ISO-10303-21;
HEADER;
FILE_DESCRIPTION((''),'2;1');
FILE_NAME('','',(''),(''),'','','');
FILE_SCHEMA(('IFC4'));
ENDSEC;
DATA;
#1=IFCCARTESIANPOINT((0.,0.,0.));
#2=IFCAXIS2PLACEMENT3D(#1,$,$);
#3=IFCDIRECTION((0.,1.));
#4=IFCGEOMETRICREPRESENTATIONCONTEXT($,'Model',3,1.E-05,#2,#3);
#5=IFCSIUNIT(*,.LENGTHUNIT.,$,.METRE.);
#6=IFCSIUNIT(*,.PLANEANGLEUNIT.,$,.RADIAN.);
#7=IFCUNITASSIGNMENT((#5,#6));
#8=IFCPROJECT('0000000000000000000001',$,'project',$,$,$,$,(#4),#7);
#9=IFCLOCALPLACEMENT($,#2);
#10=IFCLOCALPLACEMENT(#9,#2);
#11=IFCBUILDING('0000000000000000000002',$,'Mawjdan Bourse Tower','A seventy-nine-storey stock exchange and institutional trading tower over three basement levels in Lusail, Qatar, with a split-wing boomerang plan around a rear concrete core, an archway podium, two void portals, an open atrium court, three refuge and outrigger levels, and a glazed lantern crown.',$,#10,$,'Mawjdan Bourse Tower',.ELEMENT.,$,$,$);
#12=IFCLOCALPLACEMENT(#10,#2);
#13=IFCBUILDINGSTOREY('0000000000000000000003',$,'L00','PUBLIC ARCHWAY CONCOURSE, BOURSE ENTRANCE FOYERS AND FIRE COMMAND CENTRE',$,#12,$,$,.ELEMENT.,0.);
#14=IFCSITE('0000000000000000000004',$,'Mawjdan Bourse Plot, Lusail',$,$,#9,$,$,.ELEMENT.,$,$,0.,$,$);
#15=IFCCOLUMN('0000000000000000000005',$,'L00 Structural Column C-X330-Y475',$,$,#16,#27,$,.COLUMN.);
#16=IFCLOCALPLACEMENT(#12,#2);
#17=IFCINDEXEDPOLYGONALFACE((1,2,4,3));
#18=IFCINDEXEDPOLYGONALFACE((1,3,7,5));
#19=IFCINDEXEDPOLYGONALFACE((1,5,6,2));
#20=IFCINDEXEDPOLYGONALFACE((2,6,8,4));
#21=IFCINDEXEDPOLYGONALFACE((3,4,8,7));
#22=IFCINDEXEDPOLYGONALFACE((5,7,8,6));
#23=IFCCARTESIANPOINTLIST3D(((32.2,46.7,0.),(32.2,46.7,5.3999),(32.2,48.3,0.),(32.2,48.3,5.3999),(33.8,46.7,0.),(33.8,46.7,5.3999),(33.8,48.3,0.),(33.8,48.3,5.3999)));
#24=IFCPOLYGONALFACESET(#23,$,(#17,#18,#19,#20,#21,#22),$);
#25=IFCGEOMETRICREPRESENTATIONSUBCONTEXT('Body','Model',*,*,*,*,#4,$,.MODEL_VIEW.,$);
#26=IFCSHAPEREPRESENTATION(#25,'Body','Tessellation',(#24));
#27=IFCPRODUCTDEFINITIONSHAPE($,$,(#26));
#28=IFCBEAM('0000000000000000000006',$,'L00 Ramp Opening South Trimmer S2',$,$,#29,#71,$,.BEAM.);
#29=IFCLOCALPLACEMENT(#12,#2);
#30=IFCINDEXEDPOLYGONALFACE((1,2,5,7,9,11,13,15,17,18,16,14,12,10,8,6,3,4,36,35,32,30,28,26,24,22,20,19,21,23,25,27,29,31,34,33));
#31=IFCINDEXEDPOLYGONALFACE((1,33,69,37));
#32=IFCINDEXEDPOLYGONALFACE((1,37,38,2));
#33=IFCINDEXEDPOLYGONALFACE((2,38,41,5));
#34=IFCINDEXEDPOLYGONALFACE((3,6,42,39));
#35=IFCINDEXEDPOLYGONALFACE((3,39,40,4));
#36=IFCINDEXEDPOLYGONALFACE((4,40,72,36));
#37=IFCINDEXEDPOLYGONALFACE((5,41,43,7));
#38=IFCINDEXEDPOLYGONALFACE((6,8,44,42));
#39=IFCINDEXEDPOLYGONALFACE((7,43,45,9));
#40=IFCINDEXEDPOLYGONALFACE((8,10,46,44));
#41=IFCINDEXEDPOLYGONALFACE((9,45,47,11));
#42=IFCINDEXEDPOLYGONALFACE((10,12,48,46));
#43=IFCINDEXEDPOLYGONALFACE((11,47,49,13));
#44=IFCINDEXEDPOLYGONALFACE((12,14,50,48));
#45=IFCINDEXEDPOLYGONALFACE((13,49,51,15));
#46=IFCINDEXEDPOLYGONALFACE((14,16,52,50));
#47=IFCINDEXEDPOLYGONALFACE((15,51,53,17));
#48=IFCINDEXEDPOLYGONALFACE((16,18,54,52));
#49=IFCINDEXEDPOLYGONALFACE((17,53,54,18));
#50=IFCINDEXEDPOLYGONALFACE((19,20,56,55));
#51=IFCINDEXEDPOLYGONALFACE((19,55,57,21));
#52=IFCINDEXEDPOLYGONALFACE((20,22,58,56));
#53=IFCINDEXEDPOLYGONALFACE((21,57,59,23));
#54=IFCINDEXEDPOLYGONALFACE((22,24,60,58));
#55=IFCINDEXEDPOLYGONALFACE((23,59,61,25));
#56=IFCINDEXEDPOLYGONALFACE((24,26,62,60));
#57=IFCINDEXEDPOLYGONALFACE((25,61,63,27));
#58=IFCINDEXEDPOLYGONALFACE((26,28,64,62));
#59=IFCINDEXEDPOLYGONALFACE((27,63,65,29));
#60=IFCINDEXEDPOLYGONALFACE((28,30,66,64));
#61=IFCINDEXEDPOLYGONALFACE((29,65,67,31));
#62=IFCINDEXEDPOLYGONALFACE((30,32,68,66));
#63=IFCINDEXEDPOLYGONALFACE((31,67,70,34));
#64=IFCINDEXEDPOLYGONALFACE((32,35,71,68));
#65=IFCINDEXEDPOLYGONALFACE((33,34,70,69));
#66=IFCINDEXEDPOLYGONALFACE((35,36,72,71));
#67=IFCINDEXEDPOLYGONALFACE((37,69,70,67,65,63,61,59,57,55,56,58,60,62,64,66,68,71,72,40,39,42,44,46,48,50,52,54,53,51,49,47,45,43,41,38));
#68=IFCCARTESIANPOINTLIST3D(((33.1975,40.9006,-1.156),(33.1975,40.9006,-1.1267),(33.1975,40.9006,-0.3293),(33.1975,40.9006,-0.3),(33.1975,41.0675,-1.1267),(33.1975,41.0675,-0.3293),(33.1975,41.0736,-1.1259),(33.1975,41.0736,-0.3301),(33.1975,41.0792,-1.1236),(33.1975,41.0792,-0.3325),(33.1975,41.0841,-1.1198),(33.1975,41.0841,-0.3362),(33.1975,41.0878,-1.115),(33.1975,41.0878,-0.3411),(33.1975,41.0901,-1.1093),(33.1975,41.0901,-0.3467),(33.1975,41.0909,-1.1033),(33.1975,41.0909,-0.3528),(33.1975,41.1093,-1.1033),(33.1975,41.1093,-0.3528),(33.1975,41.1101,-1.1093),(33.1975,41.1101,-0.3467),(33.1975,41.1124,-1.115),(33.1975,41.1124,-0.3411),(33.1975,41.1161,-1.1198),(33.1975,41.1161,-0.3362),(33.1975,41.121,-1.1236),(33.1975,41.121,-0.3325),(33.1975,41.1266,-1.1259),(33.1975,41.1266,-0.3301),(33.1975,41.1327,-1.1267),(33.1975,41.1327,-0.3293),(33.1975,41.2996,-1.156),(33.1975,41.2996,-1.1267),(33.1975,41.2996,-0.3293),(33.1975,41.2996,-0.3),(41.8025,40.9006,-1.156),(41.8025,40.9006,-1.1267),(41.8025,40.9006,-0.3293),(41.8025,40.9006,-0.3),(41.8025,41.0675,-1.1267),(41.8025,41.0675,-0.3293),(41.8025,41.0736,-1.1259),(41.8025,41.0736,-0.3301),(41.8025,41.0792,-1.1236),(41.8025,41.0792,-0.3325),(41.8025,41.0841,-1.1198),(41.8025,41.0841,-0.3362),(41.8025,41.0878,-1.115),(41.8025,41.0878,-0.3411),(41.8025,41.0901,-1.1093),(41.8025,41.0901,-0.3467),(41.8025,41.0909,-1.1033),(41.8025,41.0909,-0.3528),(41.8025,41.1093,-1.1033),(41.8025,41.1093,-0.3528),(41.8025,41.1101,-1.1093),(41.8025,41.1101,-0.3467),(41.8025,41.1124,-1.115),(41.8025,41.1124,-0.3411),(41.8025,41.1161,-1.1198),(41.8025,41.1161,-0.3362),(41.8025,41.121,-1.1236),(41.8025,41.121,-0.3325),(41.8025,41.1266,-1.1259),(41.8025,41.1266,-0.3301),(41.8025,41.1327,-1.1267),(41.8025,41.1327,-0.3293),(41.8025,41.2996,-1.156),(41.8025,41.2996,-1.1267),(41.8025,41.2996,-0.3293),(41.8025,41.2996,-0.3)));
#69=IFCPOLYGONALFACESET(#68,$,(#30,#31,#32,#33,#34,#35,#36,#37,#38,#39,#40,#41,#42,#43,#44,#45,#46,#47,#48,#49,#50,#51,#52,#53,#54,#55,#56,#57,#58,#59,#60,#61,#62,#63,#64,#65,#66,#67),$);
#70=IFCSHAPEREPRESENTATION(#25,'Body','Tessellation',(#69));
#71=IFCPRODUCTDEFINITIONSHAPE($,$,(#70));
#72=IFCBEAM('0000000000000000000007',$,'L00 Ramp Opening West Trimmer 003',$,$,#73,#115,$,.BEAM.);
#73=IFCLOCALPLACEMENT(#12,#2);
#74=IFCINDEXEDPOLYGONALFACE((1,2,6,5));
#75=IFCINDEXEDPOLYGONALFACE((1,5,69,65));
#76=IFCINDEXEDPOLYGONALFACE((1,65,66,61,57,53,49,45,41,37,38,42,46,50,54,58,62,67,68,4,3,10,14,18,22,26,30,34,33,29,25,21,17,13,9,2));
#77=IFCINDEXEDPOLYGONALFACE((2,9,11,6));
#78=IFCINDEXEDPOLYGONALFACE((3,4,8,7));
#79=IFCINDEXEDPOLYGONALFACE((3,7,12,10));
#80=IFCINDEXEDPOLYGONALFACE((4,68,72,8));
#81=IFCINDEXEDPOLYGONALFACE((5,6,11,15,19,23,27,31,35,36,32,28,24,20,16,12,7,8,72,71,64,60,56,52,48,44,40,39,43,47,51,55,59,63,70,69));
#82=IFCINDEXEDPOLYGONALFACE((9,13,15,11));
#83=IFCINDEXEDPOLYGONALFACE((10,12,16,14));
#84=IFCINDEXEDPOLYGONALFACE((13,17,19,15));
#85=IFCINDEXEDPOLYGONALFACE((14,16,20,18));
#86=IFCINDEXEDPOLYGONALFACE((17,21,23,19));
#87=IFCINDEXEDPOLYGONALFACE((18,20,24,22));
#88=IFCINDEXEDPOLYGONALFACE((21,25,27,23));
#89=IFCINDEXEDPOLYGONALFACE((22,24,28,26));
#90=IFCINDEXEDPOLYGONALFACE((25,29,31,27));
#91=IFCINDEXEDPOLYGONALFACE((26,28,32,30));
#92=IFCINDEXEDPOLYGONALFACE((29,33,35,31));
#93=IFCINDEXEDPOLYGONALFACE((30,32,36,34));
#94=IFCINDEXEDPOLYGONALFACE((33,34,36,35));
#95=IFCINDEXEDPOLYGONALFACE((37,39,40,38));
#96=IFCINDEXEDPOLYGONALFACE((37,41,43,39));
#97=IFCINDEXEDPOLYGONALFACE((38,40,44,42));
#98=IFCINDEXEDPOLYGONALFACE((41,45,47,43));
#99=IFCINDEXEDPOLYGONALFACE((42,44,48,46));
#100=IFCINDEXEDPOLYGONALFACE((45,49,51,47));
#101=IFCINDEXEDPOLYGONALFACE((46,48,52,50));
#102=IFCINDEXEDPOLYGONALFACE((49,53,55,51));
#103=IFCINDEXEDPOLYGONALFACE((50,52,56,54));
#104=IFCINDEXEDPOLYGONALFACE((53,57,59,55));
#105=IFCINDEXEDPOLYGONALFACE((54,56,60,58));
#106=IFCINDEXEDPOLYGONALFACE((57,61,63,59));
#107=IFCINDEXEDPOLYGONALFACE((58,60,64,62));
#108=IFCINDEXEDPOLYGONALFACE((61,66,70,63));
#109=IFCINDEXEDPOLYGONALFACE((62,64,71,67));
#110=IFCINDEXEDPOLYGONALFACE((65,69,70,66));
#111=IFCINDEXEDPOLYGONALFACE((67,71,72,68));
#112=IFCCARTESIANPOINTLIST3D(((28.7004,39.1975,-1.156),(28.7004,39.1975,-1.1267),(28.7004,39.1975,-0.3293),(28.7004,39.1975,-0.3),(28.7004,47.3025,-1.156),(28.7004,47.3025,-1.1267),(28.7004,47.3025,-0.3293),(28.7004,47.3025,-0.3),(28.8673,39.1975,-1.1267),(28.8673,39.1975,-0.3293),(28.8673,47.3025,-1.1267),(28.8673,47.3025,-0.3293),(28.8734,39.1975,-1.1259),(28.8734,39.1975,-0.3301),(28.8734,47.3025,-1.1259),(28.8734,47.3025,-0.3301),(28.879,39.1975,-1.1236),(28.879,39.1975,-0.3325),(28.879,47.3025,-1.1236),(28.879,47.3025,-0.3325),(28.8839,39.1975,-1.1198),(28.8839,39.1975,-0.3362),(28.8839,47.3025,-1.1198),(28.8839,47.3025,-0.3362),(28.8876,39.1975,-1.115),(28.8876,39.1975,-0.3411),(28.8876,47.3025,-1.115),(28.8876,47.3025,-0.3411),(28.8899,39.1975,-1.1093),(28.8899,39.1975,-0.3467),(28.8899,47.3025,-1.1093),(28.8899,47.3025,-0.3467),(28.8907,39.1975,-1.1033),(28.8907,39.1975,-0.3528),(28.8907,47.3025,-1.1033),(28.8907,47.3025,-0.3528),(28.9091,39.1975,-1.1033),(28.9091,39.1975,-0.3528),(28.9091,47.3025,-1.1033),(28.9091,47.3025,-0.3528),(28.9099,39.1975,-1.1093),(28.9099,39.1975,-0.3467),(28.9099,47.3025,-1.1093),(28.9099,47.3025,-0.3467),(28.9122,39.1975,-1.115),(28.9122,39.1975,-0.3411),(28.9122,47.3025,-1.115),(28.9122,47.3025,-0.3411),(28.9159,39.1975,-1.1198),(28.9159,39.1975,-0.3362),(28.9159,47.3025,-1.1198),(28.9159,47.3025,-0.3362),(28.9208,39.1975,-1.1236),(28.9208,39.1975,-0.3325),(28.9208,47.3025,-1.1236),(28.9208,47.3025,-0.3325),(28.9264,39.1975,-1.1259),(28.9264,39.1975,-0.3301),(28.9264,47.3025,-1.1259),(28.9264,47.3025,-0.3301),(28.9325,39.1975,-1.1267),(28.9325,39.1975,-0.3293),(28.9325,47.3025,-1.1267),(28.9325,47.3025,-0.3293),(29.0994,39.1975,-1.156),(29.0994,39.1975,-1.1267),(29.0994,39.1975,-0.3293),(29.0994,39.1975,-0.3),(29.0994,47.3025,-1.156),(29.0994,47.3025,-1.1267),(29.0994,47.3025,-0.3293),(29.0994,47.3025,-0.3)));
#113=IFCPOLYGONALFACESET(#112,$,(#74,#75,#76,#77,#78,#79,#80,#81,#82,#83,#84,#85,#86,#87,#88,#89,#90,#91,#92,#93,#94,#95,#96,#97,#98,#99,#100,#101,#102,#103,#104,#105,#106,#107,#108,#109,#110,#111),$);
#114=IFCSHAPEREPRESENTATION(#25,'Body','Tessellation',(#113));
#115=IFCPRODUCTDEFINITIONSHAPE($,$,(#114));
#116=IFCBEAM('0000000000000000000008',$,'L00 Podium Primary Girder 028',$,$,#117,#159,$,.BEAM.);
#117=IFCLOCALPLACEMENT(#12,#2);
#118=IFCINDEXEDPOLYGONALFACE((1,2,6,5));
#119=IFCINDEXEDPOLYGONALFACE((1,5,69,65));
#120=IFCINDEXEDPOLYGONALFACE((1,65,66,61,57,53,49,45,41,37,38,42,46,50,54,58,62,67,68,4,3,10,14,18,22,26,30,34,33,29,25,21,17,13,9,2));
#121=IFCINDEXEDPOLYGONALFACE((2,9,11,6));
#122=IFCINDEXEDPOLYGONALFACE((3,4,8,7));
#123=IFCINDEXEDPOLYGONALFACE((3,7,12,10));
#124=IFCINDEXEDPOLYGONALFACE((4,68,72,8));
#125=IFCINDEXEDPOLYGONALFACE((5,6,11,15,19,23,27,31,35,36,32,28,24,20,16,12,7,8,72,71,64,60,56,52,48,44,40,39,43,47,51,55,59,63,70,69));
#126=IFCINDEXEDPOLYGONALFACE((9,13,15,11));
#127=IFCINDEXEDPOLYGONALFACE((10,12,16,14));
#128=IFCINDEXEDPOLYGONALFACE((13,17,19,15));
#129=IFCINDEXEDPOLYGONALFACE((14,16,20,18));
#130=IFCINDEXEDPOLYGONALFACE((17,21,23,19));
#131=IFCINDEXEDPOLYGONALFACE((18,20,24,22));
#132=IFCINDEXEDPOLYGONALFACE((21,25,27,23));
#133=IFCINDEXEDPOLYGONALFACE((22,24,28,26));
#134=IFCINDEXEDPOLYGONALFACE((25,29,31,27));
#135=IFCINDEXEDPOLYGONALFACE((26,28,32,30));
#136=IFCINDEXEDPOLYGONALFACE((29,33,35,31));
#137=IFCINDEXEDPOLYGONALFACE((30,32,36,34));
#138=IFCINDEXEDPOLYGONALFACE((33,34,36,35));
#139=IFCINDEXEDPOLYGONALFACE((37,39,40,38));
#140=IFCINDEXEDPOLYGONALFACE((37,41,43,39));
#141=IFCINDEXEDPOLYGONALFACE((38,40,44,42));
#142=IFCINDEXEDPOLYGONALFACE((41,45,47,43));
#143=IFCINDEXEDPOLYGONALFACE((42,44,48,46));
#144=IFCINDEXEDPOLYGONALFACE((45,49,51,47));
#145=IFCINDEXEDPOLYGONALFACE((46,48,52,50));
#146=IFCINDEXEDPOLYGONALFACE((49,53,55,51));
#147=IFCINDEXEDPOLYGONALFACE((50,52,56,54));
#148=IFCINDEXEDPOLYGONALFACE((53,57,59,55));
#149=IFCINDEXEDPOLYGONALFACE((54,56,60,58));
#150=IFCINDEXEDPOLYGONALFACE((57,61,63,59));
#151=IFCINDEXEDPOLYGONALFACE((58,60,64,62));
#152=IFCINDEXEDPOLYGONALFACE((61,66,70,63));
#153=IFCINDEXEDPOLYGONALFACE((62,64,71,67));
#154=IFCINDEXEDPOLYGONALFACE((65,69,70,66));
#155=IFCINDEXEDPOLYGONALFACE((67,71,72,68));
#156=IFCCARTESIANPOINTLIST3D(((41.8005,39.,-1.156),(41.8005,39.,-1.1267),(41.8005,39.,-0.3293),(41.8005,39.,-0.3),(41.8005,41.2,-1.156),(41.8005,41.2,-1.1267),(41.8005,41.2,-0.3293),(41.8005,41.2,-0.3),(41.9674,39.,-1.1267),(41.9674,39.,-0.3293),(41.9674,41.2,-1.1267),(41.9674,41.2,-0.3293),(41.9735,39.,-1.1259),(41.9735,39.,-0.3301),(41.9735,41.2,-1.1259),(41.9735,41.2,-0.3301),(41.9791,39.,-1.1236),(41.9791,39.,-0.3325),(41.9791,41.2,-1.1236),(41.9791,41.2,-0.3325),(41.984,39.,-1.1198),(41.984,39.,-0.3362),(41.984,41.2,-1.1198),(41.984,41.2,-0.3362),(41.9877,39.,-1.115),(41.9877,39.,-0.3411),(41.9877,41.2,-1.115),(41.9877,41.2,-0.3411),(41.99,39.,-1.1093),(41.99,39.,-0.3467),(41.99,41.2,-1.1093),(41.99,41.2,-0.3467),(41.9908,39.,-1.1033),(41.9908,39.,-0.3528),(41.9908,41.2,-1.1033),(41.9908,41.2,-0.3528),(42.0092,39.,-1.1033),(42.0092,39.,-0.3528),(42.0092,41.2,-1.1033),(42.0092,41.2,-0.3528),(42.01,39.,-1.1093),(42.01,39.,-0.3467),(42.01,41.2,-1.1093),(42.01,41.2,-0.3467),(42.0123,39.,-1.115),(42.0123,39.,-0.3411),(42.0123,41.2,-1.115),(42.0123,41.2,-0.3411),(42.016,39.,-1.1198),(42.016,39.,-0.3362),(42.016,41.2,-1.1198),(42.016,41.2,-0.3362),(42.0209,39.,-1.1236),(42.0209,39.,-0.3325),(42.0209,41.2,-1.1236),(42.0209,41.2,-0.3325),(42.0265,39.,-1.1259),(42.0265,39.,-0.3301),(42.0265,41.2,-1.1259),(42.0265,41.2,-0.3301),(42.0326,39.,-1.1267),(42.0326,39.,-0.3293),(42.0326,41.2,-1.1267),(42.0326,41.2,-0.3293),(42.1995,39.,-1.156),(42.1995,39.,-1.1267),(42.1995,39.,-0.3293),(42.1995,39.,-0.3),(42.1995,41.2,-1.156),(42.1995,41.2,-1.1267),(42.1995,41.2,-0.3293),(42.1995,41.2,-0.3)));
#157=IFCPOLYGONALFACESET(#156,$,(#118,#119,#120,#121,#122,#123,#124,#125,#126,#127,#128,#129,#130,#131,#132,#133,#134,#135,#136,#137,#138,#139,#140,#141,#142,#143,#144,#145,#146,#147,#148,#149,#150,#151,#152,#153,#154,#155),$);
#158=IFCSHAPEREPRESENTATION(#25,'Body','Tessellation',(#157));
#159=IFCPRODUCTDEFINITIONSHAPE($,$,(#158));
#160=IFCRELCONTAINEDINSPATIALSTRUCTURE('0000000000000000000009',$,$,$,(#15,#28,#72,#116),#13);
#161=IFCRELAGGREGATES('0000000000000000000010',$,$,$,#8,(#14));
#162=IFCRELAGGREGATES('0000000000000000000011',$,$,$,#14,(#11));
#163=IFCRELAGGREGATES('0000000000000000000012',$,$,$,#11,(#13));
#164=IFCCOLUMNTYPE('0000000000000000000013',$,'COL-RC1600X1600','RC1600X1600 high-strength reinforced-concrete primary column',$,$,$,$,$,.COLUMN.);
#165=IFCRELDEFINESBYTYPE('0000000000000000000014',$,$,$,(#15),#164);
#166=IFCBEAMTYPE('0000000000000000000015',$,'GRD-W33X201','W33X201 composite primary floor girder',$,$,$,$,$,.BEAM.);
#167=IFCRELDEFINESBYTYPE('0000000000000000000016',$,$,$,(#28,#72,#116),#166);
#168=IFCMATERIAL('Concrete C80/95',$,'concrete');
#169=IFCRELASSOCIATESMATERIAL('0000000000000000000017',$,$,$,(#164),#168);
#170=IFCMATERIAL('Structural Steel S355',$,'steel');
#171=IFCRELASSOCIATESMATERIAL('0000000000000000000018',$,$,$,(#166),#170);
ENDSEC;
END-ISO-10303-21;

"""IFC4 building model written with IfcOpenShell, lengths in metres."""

from ifc_helpers import new_model, si_unit, direction, frame, origin, origin_2d, place, context, subcontext, project, spatial, rectangle, i_section, extrude, material, material_profile, profile_set, type_object, element, save


model = new_model("IFC4")

# Units and contexts
model_context = context("Model", 3, precision=1e-05, world=origin(), true_north=direction((0.0, 1.0)))
body_context = subcontext(model_context, "Body", "Model", "MODEL_VIEW")
ifc_project = project(units=[si_unit("LENGTHUNIT", "METRE"), si_unit("PLANEANGLEUNIT", "RADIAN")], contexts=[model_context])

# Site, building, storey
site_placement = place(None, origin())
site = spatial("IfcSite", under=ifc_project, at=site_placement, Name="Mawjdan Bourse Plot, Lusail", CompositionType="ELEMENT", RefElevation=0.0)
building_placement = place(site_placement, origin())
building = spatial("IfcBuilding", under=site, at=building_placement, Name="Mawjdan Bourse Tower", Description="A seventy-nine-storey stock exchange and institutional trading tower over three basement levels in Lusail, Qatar, with a split-wing boomerang plan around a rear concrete core, an archway podium, two void portals, an open atrium court, three refuge and outrigger levels, and a glazed lantern crown.", LongName="Mawjdan Bourse Tower", CompositionType="ELEMENT")
storey_placement = place(building_placement, origin())
storey = spatial("IfcBuildingStorey", under=building, at=storey_placement, Name="L00", Description="PUBLIC ARCHWAY CONCOURSE, BOURSE ENTRANCE FOYERS AND FIRE COMMAND CENTRE", CompositionType="ELEMENT", Elevation=0.0)

# Column
ifc_material_1 = material(Name="Concrete C80/95", Category="concrete")
ifc_material_profile_1 = material_profile(ifc_material_1, rectangle(XDim=1.6001, YDim=1.6001, at=origin_2d()), Name="RC1600X1600")
ifc_profile_set_1 = profile_set([ifc_material_profile_1], Name="Concrete C80/95")
column_type = type_object("IfcColumnType", Name="COL-RC1600X1600", Description="RC1600X1600 high-strength reinforced-concrete primary column", PredefinedType="COLUMN", material=ifc_profile_set_1)
column_placement = place(storey_placement, frame((33.0, 47.5, 0.0), z_axis=(0.0, 0.0, 1.0), x_axis=(1.0, 0.0, 0.0)))
element("IfcColumn", 1, at=column_placement, inside=storey, type_object=column_type, Name="L00 Structural Column C-X330-Y475", PredefinedType="COLUMN", context=body_context, shape_type="SweptSolid", body=[
    extrude(rectangle(XDim=1.6001, YDim=1.6001, at=origin_2d()), origin(), (0.0, 0.0, 1.0), 5.3999),
])

# Beams
ifc_material_2 = material(Name="Structural Steel S355", Category="steel")
ifc_material_profile_2 = material_profile(ifc_material_2, i_section(OverallWidth=0.3989, OverallDepth=0.856, WebThickness=0.0183, FlangeThickness=0.0293, FilletRadius=0.0234, at=origin_2d()), Name="W33X201")
ifc_profile_set_2 = profile_set([ifc_material_profile_2], Name="Structural Steel S355")
beam_type = type_object("IfcBeamType", Name="GRD-W33X201", Description="W33X201 composite primary floor girder", PredefinedType="BEAM", material=ifc_profile_set_2)
beam_1_placement = place(storey_placement, frame((33.1975, 41.1001, -0.728), z_axis=(1.0, 0.0, 0.0), x_axis=(0.0, 1.0, 0.0)))
element("IfcBeam", 2, at=beam_1_placement, inside=storey, type_object=beam_type, Name="L00 Ramp Opening South Trimmer S2", PredefinedType="BEAM", context=body_context, shape_type="SweptSolid", body=[
    extrude(i_section(OverallWidth=0.3989, OverallDepth=0.856, WebThickness=0.0183, FlangeThickness=0.0293, FilletRadius=0.0234, at=origin_2d()), origin(), (0.0, 0.0, 1.0), 8.605),
])
beam_2_placement = place(storey_placement, frame((28.8999, 39.1975, -0.728), z_axis=(0.0, 1.0, 0.0), x_axis=(-1.0, 0.0, 0.0)))
element("IfcBeam", 3, at=beam_2_placement, inside=storey, type_object=beam_type, Name="L00 Ramp Opening West Trimmer 003", PredefinedType="BEAM", context=body_context, shape_type="SweptSolid", body=[
    extrude(i_section(OverallWidth=0.3989, OverallDepth=0.856, WebThickness=0.0183, FlangeThickness=0.0293, FilletRadius=0.0234, at=origin_2d()), origin(), (0.0, 0.0, 1.0), 8.105),
])
beam_3_placement = place(storey_placement, frame((42.0, 39.0, -0.728), z_axis=(0.0, 1.0, 0.0), x_axis=(-1.0, 0.0, 0.0)))
element("IfcBeam", 4, at=beam_3_placement, inside=storey, type_object=beam_type, Name="L00 Podium Primary Girder 028", PredefinedType="BEAM", context=body_context, shape_type="SweptSolid", body=[
    extrude(i_section(OverallWidth=0.3989, OverallDepth=0.856, WebThickness=0.0183, FlangeThickness=0.0293, FilletRadius=0.0234, at=origin_2d()), origin(), (0.0, 0.0, 1.0), 2.2),
])

save(model, "model.ifc")
